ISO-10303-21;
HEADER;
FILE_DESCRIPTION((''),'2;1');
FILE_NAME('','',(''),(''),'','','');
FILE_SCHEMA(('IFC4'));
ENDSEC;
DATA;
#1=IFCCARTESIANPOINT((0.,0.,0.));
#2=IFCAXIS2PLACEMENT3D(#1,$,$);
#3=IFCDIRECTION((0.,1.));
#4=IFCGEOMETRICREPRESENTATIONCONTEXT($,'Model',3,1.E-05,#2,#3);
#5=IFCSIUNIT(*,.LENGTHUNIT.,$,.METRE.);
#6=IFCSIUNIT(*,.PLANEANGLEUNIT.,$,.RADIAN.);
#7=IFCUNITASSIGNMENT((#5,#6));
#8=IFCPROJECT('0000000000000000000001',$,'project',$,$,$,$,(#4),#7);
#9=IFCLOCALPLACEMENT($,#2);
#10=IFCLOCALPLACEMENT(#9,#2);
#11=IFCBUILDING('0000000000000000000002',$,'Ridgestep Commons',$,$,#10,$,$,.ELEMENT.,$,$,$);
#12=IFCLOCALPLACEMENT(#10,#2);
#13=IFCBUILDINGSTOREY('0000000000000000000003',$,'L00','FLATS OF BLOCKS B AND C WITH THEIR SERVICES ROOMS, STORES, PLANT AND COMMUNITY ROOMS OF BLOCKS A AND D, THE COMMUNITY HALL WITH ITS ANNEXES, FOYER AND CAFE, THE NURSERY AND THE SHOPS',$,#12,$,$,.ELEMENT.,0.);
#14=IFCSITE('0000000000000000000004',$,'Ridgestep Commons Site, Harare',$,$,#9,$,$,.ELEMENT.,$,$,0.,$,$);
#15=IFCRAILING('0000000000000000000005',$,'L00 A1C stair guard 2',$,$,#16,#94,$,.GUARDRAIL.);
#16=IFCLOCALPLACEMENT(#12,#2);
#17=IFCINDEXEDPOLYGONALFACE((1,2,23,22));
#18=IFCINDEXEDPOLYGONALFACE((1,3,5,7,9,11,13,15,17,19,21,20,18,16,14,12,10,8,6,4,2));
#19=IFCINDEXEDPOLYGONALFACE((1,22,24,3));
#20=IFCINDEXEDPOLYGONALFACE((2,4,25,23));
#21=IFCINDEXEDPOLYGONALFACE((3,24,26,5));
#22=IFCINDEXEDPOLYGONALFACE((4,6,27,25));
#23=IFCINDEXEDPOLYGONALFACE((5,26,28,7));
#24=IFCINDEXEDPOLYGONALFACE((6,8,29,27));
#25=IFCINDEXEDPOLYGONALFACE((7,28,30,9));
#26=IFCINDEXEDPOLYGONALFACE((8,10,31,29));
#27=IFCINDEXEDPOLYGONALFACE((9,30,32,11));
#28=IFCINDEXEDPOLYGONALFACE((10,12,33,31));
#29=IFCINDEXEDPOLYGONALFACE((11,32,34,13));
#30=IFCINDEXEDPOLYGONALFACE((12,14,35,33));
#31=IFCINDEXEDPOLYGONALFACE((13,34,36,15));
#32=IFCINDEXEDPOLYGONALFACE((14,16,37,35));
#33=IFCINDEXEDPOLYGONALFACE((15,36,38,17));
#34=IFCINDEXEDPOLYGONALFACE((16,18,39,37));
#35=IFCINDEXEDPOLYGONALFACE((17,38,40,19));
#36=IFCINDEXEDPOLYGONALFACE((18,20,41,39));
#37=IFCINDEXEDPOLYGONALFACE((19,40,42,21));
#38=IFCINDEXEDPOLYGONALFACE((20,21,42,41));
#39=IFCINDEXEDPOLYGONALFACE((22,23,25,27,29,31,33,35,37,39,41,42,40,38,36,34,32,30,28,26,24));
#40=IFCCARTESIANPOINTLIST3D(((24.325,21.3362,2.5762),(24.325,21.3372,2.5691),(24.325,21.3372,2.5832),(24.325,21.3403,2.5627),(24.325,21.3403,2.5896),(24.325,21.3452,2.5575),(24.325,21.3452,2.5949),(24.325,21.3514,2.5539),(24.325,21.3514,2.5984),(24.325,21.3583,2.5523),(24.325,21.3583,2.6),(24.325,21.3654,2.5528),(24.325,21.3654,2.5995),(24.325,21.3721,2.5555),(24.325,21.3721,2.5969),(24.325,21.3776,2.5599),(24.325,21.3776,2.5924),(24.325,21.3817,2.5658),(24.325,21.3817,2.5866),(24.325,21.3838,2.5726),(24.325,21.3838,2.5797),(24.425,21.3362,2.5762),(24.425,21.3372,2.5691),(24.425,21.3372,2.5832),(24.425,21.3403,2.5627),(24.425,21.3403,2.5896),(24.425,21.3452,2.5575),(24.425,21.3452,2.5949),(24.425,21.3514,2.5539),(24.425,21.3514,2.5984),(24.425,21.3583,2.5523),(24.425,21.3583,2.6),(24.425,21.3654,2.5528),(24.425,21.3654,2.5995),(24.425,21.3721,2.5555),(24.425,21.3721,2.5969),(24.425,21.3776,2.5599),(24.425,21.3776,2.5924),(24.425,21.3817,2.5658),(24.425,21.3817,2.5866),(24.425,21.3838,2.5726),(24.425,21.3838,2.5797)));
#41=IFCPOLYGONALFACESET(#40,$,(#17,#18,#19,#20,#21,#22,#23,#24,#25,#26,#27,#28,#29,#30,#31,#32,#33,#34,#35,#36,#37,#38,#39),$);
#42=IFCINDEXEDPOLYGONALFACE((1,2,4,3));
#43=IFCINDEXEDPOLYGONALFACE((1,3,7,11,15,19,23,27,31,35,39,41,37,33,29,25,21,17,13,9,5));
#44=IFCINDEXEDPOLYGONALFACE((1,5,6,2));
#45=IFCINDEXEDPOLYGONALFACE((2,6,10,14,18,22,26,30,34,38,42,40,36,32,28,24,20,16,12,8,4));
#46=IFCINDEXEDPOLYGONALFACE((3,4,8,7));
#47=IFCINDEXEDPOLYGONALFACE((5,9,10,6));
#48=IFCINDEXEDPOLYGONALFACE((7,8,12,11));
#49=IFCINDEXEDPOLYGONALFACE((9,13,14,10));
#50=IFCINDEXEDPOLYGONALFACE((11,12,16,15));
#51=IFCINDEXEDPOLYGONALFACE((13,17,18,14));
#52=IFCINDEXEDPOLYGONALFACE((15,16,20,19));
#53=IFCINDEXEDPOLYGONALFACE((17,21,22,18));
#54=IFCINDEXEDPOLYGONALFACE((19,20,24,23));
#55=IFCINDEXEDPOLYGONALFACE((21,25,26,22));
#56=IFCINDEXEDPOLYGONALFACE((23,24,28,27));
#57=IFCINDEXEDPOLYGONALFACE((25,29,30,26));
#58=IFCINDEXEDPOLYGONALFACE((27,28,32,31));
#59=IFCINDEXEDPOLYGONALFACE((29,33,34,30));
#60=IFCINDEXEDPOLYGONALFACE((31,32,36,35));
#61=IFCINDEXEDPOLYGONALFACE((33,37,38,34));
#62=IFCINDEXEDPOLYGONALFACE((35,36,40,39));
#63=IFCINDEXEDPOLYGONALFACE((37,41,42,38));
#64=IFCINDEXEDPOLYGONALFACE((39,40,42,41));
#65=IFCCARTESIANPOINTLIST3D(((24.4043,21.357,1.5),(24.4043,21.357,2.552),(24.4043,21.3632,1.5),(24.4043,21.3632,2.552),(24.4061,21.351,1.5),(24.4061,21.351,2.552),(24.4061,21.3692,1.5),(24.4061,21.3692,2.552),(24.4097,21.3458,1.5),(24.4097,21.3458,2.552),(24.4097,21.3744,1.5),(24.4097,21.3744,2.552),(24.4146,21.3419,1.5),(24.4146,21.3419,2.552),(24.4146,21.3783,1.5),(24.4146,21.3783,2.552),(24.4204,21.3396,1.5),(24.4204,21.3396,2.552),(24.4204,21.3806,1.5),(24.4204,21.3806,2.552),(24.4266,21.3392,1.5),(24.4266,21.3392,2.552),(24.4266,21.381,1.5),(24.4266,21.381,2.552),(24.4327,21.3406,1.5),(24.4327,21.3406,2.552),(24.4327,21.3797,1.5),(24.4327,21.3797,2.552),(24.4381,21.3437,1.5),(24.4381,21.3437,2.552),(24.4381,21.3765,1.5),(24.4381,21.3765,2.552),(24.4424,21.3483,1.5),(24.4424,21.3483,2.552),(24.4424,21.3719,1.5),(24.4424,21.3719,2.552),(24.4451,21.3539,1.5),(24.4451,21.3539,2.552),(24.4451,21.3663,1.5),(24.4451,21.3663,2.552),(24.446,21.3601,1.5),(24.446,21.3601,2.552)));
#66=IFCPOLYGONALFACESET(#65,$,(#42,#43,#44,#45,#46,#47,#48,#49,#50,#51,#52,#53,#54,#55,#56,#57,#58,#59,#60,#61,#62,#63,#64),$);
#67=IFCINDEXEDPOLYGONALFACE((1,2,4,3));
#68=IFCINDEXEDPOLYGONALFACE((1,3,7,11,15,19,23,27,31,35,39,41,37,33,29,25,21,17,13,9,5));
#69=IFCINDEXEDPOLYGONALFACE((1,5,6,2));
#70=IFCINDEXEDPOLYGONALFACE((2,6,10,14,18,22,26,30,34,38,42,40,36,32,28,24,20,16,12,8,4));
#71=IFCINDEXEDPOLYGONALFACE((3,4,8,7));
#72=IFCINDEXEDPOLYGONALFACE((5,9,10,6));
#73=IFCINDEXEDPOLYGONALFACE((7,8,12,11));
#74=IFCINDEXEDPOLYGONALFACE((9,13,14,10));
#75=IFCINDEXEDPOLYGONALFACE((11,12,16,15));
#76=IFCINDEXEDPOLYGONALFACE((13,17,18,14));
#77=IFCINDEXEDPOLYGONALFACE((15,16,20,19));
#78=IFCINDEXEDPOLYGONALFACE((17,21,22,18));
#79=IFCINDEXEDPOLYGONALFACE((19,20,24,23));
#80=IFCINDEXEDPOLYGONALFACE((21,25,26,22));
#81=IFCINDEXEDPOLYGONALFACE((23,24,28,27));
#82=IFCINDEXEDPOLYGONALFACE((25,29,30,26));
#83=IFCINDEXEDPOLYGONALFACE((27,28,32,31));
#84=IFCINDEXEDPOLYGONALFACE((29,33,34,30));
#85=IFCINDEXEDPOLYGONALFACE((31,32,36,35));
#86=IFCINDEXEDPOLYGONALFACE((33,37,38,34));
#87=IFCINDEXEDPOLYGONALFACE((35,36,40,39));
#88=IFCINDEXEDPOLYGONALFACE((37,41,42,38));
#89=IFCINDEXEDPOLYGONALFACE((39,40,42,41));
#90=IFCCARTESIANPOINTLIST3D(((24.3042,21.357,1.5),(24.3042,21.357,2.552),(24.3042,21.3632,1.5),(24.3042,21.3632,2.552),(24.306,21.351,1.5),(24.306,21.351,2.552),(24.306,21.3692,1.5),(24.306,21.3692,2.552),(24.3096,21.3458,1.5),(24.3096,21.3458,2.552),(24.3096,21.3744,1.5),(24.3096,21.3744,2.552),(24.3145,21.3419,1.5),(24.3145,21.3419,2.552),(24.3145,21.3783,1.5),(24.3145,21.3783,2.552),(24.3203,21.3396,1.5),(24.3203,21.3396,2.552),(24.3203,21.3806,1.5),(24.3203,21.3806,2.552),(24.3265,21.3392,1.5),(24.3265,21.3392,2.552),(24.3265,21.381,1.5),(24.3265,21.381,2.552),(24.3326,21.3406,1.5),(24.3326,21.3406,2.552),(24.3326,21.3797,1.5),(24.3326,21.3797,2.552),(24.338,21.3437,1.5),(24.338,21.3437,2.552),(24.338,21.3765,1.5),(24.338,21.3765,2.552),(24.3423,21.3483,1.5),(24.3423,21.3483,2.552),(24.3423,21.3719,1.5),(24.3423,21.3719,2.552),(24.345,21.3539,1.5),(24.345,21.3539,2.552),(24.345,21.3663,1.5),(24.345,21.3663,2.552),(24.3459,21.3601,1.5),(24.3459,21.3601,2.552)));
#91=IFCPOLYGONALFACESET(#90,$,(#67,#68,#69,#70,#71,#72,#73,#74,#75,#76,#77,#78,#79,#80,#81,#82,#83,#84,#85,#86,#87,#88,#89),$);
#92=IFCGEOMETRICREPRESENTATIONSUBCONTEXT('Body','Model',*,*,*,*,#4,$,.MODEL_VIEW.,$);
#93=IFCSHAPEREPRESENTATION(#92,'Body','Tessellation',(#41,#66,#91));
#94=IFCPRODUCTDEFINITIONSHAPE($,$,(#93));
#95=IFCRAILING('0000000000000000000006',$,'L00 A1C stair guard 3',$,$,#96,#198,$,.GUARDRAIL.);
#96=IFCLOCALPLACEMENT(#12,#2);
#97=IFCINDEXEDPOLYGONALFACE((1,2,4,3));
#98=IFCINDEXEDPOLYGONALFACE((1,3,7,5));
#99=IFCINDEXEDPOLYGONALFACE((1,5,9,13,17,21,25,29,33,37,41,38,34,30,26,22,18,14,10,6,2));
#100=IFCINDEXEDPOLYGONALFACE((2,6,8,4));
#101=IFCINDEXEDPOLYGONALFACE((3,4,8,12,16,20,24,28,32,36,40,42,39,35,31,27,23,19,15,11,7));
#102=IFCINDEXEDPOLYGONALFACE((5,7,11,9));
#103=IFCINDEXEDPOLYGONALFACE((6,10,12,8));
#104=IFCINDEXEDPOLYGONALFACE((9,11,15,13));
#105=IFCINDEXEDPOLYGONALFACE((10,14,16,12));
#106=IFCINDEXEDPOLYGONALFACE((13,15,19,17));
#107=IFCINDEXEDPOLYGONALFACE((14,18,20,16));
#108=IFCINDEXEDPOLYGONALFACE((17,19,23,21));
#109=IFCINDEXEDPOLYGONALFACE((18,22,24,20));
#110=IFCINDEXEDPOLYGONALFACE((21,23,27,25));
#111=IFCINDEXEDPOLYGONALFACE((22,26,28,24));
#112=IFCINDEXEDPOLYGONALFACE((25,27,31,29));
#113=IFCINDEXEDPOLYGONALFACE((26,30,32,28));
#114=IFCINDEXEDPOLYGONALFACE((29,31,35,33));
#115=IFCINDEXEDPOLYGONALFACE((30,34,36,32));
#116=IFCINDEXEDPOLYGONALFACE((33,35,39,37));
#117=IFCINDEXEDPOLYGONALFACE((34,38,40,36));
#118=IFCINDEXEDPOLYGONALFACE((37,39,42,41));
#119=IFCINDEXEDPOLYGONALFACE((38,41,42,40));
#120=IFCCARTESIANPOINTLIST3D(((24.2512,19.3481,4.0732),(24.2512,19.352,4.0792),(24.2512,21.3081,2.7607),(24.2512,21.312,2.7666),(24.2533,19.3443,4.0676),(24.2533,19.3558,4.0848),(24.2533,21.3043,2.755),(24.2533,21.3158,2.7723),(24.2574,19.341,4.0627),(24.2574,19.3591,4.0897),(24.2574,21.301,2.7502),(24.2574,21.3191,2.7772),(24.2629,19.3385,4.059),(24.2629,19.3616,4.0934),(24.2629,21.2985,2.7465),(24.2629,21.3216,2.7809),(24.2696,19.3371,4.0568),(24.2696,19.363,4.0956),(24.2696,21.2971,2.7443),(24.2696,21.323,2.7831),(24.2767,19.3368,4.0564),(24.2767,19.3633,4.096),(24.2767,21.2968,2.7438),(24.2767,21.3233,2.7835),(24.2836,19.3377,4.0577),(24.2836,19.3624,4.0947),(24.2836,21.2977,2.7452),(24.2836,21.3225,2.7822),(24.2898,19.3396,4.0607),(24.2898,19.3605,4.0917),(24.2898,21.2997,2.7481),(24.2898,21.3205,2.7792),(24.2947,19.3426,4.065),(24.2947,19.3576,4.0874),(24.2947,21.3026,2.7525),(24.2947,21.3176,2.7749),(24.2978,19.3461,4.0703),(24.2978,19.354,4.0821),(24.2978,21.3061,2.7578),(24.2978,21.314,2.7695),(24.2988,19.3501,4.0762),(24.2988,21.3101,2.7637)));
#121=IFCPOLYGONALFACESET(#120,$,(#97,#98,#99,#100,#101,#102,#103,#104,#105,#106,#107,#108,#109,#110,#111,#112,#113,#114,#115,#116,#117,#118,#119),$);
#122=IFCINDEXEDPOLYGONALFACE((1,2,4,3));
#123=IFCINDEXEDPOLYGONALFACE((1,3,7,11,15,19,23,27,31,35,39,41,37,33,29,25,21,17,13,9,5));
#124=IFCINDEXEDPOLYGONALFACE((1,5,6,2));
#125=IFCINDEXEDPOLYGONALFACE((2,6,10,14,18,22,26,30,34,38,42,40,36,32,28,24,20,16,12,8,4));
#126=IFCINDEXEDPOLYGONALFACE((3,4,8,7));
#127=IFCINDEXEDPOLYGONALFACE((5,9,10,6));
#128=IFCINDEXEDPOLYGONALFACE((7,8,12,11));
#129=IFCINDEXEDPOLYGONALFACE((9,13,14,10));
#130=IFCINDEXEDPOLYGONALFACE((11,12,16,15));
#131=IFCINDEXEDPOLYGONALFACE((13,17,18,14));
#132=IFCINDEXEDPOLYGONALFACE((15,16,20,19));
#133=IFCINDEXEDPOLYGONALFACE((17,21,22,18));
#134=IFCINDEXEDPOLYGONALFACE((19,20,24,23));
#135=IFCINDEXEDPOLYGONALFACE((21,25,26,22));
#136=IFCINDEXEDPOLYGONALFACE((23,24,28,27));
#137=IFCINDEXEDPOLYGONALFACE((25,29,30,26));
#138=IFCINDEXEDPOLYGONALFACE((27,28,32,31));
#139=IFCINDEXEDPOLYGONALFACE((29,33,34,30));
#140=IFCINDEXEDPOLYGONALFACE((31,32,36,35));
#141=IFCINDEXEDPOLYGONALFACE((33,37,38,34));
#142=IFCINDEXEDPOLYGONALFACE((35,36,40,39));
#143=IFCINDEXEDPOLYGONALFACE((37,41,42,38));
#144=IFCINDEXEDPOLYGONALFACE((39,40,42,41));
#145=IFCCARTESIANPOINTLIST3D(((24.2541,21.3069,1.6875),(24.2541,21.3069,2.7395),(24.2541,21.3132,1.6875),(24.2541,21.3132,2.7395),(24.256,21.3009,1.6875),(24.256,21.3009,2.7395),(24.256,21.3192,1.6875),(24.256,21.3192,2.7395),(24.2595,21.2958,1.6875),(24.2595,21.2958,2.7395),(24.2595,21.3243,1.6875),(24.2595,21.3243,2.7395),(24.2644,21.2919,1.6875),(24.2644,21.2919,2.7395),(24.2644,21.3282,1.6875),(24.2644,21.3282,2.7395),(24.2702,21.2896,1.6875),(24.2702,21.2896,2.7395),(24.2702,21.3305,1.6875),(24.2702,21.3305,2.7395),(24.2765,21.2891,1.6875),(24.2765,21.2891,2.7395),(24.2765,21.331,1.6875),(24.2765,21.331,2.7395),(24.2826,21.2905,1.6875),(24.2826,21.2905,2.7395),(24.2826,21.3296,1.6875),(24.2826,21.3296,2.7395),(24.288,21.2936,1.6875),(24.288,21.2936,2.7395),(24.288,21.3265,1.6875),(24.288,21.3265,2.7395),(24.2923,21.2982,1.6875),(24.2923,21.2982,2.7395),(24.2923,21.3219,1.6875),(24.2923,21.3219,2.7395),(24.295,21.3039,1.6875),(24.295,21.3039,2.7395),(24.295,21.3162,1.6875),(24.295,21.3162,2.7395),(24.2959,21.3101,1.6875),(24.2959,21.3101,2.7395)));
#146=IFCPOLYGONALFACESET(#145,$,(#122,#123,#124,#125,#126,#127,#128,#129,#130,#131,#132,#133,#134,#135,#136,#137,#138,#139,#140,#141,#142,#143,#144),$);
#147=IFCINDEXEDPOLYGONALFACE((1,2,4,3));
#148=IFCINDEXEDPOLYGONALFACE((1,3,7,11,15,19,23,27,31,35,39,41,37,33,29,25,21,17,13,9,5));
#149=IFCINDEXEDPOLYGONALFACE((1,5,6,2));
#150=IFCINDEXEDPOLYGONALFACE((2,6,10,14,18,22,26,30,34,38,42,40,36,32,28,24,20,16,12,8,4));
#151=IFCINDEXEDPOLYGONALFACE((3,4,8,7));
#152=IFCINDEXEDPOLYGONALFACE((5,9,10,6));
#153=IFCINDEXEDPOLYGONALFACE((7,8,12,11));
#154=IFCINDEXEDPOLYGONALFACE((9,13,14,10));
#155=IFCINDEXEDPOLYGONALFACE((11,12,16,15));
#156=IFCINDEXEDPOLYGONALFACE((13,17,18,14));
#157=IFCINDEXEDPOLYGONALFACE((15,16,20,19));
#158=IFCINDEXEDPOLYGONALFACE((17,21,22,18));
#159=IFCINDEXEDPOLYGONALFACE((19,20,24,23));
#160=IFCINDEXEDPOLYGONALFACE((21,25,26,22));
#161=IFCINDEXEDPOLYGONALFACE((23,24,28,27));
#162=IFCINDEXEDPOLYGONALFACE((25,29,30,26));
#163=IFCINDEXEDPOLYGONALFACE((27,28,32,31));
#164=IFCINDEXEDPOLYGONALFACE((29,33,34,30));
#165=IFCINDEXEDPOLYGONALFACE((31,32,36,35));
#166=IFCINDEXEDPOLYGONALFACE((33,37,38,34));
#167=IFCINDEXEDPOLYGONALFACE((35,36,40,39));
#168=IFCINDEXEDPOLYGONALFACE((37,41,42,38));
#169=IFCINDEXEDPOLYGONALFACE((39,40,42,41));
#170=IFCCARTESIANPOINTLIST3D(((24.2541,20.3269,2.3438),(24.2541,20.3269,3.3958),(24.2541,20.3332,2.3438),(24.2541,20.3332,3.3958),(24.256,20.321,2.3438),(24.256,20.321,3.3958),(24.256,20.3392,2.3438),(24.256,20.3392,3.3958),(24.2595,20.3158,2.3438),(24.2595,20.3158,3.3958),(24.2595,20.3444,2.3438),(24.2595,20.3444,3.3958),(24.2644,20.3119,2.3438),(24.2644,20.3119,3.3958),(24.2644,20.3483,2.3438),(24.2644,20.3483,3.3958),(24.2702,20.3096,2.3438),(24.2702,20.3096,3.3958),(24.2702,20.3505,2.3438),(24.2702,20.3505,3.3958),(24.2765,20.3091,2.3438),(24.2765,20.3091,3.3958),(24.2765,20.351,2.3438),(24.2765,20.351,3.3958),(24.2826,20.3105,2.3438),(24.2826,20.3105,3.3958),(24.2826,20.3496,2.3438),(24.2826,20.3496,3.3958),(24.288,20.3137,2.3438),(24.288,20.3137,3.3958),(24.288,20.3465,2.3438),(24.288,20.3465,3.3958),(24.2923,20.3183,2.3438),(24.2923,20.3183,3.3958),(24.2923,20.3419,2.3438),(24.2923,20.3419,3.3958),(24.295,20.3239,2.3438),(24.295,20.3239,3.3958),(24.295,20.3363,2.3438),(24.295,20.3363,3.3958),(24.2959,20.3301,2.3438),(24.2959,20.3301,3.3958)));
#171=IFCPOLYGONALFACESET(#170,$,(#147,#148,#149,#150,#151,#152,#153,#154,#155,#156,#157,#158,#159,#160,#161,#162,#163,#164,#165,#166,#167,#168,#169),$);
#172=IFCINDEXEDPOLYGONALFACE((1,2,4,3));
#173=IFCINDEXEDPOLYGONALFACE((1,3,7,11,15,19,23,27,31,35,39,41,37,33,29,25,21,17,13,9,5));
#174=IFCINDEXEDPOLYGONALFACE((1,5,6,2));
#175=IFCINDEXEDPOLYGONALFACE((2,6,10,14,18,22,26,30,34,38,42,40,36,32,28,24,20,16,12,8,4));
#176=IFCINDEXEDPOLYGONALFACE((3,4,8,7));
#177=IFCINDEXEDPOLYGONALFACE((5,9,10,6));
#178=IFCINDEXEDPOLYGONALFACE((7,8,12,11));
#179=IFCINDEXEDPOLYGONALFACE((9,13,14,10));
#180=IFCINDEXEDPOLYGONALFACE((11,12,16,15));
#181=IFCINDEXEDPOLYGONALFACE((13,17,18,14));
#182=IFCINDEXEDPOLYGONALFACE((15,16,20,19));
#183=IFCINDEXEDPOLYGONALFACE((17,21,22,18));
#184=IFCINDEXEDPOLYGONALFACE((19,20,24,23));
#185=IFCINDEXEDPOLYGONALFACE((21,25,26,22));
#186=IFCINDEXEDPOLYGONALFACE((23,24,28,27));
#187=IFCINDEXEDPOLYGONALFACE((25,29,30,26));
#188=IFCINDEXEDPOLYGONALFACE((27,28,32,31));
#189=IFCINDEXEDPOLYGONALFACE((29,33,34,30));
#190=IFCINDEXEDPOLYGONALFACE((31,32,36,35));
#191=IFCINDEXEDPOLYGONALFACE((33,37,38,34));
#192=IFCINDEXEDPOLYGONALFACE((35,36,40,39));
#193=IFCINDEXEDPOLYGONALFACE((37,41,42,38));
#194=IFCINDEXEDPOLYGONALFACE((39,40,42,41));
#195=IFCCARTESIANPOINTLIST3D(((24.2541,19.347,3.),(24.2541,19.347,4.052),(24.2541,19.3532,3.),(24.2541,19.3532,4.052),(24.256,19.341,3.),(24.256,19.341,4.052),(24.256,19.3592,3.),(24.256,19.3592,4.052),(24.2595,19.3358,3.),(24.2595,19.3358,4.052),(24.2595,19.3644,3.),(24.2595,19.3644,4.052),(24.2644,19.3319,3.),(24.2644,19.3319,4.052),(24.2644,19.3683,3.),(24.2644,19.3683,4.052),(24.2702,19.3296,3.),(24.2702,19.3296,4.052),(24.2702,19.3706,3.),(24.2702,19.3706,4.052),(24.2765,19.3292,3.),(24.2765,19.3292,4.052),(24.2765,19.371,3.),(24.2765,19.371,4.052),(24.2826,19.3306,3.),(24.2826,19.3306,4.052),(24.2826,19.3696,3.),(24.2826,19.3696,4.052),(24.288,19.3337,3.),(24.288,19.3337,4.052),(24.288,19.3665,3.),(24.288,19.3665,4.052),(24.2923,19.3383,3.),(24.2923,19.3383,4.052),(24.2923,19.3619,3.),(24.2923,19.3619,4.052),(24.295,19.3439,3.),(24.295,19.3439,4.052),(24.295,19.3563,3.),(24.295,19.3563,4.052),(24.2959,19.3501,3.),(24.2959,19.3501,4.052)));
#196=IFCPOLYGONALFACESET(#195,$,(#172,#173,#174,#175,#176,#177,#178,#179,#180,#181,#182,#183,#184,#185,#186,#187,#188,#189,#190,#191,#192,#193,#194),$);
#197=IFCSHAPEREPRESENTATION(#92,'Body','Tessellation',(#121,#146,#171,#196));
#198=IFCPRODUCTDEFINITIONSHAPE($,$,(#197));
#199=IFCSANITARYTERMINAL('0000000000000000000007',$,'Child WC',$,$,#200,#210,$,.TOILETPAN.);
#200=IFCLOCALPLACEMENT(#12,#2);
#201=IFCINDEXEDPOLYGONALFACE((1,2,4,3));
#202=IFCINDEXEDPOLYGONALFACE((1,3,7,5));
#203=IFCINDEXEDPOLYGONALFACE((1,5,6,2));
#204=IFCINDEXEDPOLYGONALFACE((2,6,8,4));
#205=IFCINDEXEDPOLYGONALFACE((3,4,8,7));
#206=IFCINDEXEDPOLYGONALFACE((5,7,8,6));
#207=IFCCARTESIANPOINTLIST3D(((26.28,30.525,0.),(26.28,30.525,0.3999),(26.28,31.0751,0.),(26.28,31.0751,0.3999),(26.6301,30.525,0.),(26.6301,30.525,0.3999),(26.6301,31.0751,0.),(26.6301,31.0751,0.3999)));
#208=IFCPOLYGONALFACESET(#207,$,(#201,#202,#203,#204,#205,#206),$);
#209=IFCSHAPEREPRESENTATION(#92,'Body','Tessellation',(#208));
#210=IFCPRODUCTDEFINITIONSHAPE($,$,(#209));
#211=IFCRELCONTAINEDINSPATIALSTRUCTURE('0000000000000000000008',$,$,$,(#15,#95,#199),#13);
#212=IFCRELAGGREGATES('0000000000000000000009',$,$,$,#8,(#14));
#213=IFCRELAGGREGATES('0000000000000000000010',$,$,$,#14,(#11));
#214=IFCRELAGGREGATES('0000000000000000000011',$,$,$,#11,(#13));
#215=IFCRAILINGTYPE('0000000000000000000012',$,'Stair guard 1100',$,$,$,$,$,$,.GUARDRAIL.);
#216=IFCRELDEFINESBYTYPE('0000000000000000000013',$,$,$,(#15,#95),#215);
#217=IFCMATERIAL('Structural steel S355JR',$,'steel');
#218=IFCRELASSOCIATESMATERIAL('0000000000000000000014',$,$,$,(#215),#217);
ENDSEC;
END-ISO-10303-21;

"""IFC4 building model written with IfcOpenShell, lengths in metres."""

from ifc_helpers import new_model, si_unit, direction, frame, origin, origin_2d, place, context, subcontext, project, spatial, rectangle, circle, extrude, material, type_object, element, save


model = new_model("IFC4")

# Units and contexts
model_context = context("Model", 3, precision=1e-05, world=origin(), true_north=direction((0.0, 1.0)))
body_context = subcontext(model_context, "Body", "Model", "MODEL_VIEW")
ifc_project = project(units=[si_unit("LENGTHUNIT", "METRE"), si_unit("PLANEANGLEUNIT", "RADIAN")], contexts=[model_context])

# Site, building, storey
site_placement = place(None, origin())
site = spatial("IfcSite", under=ifc_project, at=site_placement, Name="Ridgestep Commons Site, Harare", CompositionType="ELEMENT", RefElevation=0.0)
building_placement = place(site_placement, origin())
building = spatial("IfcBuilding", under=site, at=building_placement, Name="Ridgestep Commons", CompositionType="ELEMENT")
storey_placement = place(building_placement, origin())
storey = spatial("IfcBuildingStorey", under=building, at=storey_placement, Name="L00", Description="FLATS OF BLOCKS B AND C WITH THEIR SERVICES ROOMS, STORES, PLANT AND COMMUNITY ROOMS OF BLOCKS A AND D, THE COMMUNITY HALL WITH ITS ANNEXES, FOYER AND CAFE, THE NURSERY AND THE SHOPS", CompositionType="ELEMENT", Elevation=0.0)

# Railings
ifc_material_1 = material(Name="Structural steel S355JR", Category="steel")
railing_type = type_object("IfcRailingType", Name="Stair guard 1100", PredefinedType="GUARDRAIL", material=ifc_material_1)
railing_1_placement = place(storey_placement, frame((24.425, 21.3601, 1.5)))
element("IfcRailing", 1, at=railing_1_placement, inside=storey, type_object=railing_type, Name="L00 A1C stair guard 2", PredefinedType="GUARDRAIL", context=body_context, shape_type="SweptSolid", body=[
    extrude(circle(Radius=0.0239, at=origin_2d()), frame((0.0, 0.0, 1.0762), z_axis=(-1.0, 0.0, 0.0), x_axis=(0.0, -1.0, 0.0)), (0.0, 0.0, 1.0), 0.1001),
    extrude(circle(Radius=0.021, at=origin_2d()), origin(), (0.0, 0.0, 1.0), 1.052),
    extrude(circle(Radius=0.021, at=origin_2d()), frame((-0.1001, 0.0, 0.0)), (0.0, 0.0, 1.0), 1.052),
])
railing_2_placement = place(storey_placement, frame((24.2749, 21.3101, 1.6875)))
element("IfcRailing", 2, at=railing_2_placement, inside=storey, type_object=railing_type, Name="L00 A1C stair guard 3", PredefinedType="GUARDRAIL", context=body_context, shape_type="SweptSolid", body=[
    extrude(circle(Radius=0.0239, at=origin_2d()), frame((0.0, 0.0, 1.0762), z_axis=(0.0, -0.830902, 0.556419), x_axis=(1.0, 0.0, 0.0)), (0.0, 0.0, 1.0), 2.3589),
    extrude(circle(Radius=0.021, at=origin_2d()), origin(), (0.0, 0.0, 1.0), 1.052),
    extrude(circle(Radius=0.021, at=origin_2d()), frame((0.0, -0.98, 0.6562)), (0.0, 0.0, 1.0), 1.052),
    extrude(circle(Radius=0.021, at=origin_2d()), frame((0.0, -1.96, 1.3125)), (0.0, 0.0, 1.0), 1.052),
])

# Sanitary terminal
for number, where, z_axis, x_axis, name in (
    (3, (26.4551, 30.8, 0.0), (0.0, 0.0, 1.0), (1.0, 0.0, 0.0), "Child WC"),
):
    element("IfcSanitaryTerminal", number, at=place(storey_placement, frame(where, z_axis=z_axis, x_axis=x_axis)), inside=storey, Name=name, PredefinedType="TOILETPAN", context=body_context, shape_type="SweptSolid", body=[
        extrude(rectangle(XDim=0.3501, YDim=0.55, at=origin_2d()), origin(), (0.0, 0.0, 1.0), 0.3999),
    ])

save(model, "model.ifc")
